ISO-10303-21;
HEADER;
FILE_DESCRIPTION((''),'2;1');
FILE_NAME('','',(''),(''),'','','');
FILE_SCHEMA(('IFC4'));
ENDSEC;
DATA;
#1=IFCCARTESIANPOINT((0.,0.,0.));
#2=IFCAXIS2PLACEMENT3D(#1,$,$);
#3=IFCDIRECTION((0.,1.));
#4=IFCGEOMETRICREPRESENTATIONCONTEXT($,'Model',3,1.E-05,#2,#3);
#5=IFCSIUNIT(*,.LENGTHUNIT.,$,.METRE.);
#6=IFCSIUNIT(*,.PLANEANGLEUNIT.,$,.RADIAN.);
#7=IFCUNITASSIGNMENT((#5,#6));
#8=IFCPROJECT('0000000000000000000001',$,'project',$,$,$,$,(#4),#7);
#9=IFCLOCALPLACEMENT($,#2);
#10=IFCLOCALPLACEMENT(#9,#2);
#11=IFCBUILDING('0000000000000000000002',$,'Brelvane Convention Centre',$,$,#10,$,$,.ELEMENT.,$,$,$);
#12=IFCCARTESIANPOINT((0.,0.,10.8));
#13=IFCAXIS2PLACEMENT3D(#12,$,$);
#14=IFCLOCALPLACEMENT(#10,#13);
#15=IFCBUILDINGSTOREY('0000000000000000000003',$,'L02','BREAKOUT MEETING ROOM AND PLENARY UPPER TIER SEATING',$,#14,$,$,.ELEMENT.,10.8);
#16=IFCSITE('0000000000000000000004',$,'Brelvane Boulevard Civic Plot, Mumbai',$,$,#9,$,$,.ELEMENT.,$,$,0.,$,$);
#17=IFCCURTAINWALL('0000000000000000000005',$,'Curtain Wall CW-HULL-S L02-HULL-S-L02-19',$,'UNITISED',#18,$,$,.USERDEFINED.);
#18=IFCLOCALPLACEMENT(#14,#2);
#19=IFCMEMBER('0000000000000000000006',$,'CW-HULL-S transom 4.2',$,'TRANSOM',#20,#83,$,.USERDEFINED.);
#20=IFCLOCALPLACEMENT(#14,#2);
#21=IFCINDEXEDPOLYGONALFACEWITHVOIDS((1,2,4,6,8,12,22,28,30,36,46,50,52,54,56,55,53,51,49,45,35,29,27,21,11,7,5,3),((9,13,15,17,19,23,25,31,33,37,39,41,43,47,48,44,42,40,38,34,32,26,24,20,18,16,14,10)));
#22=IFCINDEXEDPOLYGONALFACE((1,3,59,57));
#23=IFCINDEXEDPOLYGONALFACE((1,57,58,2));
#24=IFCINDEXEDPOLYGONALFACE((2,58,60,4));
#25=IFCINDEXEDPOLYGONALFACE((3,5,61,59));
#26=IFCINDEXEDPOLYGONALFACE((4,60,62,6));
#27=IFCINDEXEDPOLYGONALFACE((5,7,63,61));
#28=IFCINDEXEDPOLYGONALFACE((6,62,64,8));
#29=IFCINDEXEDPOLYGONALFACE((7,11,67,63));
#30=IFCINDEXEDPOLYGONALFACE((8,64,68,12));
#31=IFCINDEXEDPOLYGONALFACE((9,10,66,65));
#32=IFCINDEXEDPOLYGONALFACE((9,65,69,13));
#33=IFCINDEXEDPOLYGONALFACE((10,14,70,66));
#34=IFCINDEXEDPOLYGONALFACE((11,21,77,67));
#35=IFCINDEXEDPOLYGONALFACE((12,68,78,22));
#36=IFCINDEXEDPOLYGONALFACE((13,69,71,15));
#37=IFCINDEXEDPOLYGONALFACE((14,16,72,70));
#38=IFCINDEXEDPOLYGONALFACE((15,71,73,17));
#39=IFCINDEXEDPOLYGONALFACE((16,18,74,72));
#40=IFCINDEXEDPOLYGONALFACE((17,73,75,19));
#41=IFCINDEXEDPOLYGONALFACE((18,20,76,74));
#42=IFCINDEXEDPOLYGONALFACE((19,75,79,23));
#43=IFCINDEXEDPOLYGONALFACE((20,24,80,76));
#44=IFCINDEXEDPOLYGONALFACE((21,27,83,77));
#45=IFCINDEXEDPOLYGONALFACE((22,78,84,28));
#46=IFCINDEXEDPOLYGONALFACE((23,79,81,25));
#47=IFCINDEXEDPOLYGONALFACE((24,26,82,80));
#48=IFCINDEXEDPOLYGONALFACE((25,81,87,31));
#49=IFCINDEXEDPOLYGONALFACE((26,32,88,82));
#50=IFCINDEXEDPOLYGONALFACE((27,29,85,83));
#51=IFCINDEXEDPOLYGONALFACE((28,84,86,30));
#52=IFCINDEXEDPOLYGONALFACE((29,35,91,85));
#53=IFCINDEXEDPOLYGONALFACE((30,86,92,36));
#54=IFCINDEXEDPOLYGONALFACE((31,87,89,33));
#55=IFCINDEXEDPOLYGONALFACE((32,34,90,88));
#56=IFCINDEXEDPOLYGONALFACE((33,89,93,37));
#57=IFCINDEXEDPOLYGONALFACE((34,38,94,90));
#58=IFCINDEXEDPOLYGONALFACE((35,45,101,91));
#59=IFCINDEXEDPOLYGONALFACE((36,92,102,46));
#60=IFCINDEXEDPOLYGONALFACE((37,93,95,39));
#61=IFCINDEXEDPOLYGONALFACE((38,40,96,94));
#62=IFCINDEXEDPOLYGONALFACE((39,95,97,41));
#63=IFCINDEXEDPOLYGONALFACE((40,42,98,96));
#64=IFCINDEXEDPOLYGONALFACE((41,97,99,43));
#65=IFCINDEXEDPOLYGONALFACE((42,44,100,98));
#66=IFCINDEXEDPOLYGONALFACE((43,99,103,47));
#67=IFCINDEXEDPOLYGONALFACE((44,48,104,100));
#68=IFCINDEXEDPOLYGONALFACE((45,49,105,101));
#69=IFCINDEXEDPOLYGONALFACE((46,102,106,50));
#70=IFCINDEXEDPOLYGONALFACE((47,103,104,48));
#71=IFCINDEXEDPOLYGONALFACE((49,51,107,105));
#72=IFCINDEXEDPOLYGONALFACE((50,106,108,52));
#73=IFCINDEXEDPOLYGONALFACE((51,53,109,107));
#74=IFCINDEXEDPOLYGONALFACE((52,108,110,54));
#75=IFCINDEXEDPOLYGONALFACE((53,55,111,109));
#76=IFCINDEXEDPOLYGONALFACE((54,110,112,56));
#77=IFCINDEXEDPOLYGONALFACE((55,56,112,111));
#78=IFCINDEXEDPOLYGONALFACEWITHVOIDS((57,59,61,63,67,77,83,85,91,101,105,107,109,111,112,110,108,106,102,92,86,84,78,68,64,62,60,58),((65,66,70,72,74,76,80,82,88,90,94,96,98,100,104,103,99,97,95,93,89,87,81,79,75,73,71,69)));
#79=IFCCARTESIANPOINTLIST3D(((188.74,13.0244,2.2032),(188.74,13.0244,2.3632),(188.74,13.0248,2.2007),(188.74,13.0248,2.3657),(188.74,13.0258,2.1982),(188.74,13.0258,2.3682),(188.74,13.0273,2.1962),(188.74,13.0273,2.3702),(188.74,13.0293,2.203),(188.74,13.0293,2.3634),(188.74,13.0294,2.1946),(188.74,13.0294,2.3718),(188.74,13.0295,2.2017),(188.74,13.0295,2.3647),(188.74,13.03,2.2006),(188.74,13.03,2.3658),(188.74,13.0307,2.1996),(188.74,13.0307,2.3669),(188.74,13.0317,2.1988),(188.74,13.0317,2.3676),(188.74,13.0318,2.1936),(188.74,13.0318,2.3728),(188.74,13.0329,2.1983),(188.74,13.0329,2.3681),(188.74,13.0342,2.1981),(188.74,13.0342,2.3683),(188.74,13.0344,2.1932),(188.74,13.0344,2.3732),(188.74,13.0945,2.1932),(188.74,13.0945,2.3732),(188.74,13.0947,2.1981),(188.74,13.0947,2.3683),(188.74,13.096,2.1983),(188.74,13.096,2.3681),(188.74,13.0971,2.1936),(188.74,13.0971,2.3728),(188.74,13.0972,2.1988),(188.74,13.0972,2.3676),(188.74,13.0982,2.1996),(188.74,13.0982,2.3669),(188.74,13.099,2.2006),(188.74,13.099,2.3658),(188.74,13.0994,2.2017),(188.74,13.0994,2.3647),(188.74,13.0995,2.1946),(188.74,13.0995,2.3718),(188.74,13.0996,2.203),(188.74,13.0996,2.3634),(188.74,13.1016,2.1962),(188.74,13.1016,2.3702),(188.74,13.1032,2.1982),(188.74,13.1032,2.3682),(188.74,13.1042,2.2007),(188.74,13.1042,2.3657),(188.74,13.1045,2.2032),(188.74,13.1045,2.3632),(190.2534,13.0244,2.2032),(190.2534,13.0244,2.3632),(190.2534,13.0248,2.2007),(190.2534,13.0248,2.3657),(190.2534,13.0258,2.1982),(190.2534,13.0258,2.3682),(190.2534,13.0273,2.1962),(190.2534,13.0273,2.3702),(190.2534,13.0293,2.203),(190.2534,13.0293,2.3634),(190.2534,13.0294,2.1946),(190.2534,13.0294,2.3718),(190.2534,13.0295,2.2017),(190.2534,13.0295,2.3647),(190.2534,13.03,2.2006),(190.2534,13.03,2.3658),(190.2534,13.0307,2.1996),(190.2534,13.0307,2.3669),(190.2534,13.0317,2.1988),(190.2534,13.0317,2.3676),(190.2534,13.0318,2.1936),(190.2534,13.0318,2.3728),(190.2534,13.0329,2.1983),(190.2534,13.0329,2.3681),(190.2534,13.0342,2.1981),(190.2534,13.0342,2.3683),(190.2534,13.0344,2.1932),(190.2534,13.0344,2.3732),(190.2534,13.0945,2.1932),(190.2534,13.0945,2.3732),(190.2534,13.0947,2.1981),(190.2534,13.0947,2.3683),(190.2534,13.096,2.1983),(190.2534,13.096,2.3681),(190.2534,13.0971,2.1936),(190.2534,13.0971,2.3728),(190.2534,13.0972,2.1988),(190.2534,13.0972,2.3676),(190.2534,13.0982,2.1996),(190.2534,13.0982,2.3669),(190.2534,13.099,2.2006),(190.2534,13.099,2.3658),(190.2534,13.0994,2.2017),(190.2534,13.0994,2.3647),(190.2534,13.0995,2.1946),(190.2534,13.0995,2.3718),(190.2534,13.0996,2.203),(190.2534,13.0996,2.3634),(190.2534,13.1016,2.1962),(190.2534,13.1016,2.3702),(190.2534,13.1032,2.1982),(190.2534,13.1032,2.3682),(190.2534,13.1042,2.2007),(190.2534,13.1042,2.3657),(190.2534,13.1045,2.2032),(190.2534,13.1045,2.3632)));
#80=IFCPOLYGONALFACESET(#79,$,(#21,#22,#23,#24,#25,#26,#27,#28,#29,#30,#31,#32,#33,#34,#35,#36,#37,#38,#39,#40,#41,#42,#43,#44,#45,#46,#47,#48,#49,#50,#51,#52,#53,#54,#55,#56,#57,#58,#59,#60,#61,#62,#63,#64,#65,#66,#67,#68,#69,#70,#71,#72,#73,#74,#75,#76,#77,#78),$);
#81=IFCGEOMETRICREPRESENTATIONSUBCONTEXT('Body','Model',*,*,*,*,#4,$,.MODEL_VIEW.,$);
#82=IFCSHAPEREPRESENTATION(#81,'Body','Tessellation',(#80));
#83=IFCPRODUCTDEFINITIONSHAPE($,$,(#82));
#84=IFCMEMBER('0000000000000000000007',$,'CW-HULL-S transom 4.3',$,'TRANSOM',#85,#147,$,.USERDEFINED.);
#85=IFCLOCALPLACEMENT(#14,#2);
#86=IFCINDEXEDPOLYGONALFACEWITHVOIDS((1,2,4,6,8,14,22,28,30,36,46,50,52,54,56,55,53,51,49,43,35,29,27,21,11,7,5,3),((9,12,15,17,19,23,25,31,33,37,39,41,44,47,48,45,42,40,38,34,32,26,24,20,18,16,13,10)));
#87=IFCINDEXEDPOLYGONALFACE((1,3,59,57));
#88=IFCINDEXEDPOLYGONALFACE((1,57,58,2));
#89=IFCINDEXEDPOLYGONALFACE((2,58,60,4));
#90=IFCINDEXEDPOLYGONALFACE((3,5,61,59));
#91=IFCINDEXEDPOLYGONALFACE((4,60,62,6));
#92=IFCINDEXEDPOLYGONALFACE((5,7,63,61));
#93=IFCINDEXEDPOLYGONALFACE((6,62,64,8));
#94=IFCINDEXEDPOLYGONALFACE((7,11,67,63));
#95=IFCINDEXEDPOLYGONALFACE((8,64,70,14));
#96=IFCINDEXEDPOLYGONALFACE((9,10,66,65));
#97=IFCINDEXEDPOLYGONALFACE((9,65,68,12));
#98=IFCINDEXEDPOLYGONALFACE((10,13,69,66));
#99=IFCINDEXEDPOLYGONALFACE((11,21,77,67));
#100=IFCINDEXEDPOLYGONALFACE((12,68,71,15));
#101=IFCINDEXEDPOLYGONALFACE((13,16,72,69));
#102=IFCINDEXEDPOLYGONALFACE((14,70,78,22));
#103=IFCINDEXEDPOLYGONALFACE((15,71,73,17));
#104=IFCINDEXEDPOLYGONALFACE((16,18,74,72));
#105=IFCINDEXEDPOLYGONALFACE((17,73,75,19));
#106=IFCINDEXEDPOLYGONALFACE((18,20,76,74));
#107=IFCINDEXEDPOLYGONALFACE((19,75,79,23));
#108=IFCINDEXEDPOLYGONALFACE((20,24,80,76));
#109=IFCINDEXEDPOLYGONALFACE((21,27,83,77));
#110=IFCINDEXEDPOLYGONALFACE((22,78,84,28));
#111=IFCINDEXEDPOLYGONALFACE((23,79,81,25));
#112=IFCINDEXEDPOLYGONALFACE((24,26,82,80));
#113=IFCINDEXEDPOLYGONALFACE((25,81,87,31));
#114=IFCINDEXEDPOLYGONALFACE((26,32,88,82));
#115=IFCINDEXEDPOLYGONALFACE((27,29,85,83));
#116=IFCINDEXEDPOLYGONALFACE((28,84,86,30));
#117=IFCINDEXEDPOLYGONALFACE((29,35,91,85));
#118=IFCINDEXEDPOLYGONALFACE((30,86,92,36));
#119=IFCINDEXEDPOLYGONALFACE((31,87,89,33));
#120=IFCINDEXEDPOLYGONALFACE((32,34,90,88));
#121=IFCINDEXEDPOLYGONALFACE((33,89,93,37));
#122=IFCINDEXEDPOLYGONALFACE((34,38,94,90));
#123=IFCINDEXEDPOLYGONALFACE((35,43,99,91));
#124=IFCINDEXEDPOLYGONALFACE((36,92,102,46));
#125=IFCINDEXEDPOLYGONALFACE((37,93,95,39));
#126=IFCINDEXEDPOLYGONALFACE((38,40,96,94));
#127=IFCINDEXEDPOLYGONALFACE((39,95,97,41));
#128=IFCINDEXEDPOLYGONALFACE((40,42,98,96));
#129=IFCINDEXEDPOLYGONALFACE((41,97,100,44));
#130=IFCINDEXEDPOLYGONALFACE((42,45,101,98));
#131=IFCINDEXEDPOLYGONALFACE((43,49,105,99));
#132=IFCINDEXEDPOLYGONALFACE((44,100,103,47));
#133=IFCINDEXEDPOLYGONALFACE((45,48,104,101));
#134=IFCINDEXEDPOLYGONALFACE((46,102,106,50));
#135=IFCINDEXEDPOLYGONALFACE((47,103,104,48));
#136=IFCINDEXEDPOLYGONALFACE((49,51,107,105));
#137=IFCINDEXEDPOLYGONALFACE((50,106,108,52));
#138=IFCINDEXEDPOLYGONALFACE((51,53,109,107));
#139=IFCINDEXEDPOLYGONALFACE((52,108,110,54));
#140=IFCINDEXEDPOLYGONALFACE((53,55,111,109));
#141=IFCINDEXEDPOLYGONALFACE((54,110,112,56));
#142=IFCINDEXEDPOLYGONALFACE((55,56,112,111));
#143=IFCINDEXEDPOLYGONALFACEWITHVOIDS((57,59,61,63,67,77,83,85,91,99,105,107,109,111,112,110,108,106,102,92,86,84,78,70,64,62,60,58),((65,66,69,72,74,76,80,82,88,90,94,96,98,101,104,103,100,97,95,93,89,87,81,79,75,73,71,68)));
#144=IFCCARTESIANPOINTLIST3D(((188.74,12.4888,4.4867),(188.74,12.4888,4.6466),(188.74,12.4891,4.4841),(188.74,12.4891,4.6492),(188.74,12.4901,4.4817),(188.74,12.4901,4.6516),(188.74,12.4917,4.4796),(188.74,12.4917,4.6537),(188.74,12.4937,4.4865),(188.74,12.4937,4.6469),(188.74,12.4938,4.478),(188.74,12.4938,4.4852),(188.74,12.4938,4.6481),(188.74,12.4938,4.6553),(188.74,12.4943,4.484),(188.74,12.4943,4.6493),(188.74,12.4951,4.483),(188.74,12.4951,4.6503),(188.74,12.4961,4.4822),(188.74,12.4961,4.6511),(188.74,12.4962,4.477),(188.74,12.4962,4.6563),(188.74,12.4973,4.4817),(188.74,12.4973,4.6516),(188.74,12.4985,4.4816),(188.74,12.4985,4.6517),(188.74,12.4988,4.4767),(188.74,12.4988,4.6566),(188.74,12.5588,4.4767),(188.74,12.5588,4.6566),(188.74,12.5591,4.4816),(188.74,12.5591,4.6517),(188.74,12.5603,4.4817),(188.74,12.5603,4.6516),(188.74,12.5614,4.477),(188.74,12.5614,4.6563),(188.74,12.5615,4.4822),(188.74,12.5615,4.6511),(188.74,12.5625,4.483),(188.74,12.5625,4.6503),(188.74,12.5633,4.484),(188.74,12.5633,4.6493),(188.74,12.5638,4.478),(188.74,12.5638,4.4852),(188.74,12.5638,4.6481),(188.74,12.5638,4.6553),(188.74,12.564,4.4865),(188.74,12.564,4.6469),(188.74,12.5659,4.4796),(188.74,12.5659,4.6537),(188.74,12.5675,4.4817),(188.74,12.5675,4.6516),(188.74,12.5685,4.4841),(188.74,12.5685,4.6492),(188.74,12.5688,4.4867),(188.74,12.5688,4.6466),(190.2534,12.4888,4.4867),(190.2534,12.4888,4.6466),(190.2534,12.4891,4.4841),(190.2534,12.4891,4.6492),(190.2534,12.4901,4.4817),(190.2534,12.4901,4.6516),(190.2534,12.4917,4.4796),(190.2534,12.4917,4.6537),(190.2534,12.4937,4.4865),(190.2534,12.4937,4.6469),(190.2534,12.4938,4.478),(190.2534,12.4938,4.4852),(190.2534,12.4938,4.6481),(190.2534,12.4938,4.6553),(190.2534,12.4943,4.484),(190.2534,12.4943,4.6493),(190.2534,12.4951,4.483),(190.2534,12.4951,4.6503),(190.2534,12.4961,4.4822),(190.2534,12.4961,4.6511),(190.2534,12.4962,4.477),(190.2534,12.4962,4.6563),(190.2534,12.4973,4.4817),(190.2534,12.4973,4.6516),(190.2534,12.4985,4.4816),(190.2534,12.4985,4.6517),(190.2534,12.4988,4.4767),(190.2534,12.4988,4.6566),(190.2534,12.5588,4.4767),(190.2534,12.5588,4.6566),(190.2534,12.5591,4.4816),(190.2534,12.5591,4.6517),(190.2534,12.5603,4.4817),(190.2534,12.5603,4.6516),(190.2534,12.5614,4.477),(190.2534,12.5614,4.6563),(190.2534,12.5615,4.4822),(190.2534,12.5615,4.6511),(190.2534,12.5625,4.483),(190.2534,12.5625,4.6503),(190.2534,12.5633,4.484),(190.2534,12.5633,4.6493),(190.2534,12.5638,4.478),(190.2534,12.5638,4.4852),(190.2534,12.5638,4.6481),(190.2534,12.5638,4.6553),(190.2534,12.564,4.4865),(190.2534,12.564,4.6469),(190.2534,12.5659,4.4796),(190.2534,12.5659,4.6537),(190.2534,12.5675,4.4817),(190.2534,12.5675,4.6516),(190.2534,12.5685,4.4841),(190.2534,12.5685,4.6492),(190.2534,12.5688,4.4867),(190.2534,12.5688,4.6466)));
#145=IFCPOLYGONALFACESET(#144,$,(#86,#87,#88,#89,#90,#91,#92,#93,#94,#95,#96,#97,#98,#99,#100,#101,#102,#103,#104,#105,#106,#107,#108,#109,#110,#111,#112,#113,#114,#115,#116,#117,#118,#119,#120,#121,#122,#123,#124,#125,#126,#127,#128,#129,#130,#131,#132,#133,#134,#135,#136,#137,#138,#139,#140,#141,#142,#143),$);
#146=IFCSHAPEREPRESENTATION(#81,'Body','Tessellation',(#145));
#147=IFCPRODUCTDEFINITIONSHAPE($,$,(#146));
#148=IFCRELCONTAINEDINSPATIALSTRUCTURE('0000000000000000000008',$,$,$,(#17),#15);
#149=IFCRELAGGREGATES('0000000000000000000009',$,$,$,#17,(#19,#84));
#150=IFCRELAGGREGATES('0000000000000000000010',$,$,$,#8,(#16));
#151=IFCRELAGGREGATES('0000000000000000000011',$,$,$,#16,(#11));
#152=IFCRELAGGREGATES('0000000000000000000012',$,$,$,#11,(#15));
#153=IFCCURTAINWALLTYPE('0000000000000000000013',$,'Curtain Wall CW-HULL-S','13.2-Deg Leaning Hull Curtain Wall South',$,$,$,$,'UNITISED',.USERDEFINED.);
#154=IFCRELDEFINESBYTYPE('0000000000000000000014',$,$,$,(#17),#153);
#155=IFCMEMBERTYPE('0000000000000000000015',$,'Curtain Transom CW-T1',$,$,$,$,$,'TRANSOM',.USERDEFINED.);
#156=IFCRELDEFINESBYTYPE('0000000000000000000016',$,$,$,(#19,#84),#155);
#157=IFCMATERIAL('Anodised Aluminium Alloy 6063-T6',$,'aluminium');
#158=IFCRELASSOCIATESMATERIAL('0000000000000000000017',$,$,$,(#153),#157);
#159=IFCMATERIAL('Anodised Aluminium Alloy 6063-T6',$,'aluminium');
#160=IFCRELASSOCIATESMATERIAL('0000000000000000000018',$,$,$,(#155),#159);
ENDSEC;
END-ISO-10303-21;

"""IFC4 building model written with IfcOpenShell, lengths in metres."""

from ifc_helpers import new_model, si_unit, direction, frame, origin, origin_2d, place, context, subcontext, project, spatial, hollow_rectangle, extrude, material, material_profile, profile_set, type_object, element, aggregate, save


model = new_model("IFC4")

# Units and contexts
model_context = context("Model", 3, precision=1e-05, world=origin(), true_north=direction((0.0, 1.0)))
body_context = subcontext(model_context, "Body", "Model", "MODEL_VIEW")
ifc_project = project(units=[si_unit("LENGTHUNIT", "METRE"), si_unit("PLANEANGLEUNIT", "RADIAN")], contexts=[model_context])

# Site, building, storey
site_placement = place(None, origin())
site = spatial("IfcSite", under=ifc_project, at=site_placement, Name="Brelvane Boulevard Civic Plot, Mumbai", CompositionType="ELEMENT", RefElevation=0.0)
building_placement = place(site_placement, origin())
building = spatial("IfcBuilding", under=site, at=building_placement, Name="Brelvane Convention Centre", CompositionType="ELEMENT")
storey_placement = place(building_placement, frame((0.0, 0.0, 10.8)))
storey = spatial("IfcBuildingStorey", under=building, at=storey_placement, Name="L02", Description="BREAKOUT MEETING ROOM AND PLENARY UPPER TIER SEATING", CompositionType="ELEMENT", Elevation=10.8)

# Curtain wall, members
ifc_material_1 = material(Name="Anodised Aluminium Alloy 6063-T6", Category="aluminium")
curtain_wall_type = type_object("IfcCurtainWallType", Name="Curtain Wall CW-HULL-S", Description="13.2-Deg Leaning Hull Curtain Wall South", ElementType="UNITISED", PredefinedType="USERDEFINED", material=ifc_material_1)
curtain_wall_1_placement = place(storey_placement, origin())
curtain_wall_1 = element("IfcCurtainWall", 1, at=curtain_wall_1_placement, inside=storey, type_object=curtain_wall_type, Name="Curtain Wall CW-HULL-S L02-HULL-S-L02-19", ObjectType="UNITISED", PredefinedType="USERDEFINED")
ifc_material_2 = material(Name="Anodised Aluminium Alloy 6063-T6", Category="aluminium")
ifc_material_profile = material_profile(ifc_material_2, hollow_rectangle(XDim=0.0801, YDim=0.1799, WallThickness=0.0049, InnerFilletRadius=0.0049, OuterFilletRadius=0.01, at=origin_2d()), Name="ALU-T 180x80x5.0")
ifc_profile_set = profile_set([ifc_material_profile], Name="Anodised Aluminium Alloy 6063-T6")
member_type = type_object("IfcMemberType", Name="Curtain Transom CW-T1", ElementType="TRANSOM", PredefinedType="USERDEFINED", material=ifc_profile_set)
member_1_placement = place(storey_placement, frame((188.74, 13.0645, 2.2832), z_axis=(1.0, 0.0, 0.0), x_axis=(0.0, 1.0, 0.0)))
member_1 = element("IfcMember", 2, at=member_1_placement, type_object=member_type, Name="CW-HULL-S transom 4.2", ObjectType="TRANSOM", PredefinedType="USERDEFINED", context=body_context, shape_type="SweptSolid", body=[
    extrude(hollow_rectangle(XDim=0.0801, YDim=0.1799, WallThickness=0.0049, InnerFilletRadius=0.0049, OuterFilletRadius=0.01, at=origin_2d()), origin(), (0.0, 0.0, 1.0), 1.5134),
])
member_2_placement = place(storey_placement, frame((188.74, 12.5288, 4.5667), z_axis=(1.0, 0.0, 0.0), x_axis=(0.0, 1.0, 0.0)))
member_2 = element("IfcMember", 3, at=member_2_placement, type_object=member_type, Name="CW-HULL-S transom 4.3", ObjectType="TRANSOM", PredefinedType="USERDEFINED", context=body_context, shape_type="SweptSolid", body=[
    extrude(hollow_rectangle(XDim=0.0801, YDim=0.1799, WallThickness=0.0049, InnerFilletRadius=0.0049, OuterFilletRadius=0.01, at=origin_2d()), origin(), (0.0, 0.0, 1.0), 1.5134),
])

aggregate(curtain_wall_1, [member_1, member_2])

save(model, "model.ifc")
